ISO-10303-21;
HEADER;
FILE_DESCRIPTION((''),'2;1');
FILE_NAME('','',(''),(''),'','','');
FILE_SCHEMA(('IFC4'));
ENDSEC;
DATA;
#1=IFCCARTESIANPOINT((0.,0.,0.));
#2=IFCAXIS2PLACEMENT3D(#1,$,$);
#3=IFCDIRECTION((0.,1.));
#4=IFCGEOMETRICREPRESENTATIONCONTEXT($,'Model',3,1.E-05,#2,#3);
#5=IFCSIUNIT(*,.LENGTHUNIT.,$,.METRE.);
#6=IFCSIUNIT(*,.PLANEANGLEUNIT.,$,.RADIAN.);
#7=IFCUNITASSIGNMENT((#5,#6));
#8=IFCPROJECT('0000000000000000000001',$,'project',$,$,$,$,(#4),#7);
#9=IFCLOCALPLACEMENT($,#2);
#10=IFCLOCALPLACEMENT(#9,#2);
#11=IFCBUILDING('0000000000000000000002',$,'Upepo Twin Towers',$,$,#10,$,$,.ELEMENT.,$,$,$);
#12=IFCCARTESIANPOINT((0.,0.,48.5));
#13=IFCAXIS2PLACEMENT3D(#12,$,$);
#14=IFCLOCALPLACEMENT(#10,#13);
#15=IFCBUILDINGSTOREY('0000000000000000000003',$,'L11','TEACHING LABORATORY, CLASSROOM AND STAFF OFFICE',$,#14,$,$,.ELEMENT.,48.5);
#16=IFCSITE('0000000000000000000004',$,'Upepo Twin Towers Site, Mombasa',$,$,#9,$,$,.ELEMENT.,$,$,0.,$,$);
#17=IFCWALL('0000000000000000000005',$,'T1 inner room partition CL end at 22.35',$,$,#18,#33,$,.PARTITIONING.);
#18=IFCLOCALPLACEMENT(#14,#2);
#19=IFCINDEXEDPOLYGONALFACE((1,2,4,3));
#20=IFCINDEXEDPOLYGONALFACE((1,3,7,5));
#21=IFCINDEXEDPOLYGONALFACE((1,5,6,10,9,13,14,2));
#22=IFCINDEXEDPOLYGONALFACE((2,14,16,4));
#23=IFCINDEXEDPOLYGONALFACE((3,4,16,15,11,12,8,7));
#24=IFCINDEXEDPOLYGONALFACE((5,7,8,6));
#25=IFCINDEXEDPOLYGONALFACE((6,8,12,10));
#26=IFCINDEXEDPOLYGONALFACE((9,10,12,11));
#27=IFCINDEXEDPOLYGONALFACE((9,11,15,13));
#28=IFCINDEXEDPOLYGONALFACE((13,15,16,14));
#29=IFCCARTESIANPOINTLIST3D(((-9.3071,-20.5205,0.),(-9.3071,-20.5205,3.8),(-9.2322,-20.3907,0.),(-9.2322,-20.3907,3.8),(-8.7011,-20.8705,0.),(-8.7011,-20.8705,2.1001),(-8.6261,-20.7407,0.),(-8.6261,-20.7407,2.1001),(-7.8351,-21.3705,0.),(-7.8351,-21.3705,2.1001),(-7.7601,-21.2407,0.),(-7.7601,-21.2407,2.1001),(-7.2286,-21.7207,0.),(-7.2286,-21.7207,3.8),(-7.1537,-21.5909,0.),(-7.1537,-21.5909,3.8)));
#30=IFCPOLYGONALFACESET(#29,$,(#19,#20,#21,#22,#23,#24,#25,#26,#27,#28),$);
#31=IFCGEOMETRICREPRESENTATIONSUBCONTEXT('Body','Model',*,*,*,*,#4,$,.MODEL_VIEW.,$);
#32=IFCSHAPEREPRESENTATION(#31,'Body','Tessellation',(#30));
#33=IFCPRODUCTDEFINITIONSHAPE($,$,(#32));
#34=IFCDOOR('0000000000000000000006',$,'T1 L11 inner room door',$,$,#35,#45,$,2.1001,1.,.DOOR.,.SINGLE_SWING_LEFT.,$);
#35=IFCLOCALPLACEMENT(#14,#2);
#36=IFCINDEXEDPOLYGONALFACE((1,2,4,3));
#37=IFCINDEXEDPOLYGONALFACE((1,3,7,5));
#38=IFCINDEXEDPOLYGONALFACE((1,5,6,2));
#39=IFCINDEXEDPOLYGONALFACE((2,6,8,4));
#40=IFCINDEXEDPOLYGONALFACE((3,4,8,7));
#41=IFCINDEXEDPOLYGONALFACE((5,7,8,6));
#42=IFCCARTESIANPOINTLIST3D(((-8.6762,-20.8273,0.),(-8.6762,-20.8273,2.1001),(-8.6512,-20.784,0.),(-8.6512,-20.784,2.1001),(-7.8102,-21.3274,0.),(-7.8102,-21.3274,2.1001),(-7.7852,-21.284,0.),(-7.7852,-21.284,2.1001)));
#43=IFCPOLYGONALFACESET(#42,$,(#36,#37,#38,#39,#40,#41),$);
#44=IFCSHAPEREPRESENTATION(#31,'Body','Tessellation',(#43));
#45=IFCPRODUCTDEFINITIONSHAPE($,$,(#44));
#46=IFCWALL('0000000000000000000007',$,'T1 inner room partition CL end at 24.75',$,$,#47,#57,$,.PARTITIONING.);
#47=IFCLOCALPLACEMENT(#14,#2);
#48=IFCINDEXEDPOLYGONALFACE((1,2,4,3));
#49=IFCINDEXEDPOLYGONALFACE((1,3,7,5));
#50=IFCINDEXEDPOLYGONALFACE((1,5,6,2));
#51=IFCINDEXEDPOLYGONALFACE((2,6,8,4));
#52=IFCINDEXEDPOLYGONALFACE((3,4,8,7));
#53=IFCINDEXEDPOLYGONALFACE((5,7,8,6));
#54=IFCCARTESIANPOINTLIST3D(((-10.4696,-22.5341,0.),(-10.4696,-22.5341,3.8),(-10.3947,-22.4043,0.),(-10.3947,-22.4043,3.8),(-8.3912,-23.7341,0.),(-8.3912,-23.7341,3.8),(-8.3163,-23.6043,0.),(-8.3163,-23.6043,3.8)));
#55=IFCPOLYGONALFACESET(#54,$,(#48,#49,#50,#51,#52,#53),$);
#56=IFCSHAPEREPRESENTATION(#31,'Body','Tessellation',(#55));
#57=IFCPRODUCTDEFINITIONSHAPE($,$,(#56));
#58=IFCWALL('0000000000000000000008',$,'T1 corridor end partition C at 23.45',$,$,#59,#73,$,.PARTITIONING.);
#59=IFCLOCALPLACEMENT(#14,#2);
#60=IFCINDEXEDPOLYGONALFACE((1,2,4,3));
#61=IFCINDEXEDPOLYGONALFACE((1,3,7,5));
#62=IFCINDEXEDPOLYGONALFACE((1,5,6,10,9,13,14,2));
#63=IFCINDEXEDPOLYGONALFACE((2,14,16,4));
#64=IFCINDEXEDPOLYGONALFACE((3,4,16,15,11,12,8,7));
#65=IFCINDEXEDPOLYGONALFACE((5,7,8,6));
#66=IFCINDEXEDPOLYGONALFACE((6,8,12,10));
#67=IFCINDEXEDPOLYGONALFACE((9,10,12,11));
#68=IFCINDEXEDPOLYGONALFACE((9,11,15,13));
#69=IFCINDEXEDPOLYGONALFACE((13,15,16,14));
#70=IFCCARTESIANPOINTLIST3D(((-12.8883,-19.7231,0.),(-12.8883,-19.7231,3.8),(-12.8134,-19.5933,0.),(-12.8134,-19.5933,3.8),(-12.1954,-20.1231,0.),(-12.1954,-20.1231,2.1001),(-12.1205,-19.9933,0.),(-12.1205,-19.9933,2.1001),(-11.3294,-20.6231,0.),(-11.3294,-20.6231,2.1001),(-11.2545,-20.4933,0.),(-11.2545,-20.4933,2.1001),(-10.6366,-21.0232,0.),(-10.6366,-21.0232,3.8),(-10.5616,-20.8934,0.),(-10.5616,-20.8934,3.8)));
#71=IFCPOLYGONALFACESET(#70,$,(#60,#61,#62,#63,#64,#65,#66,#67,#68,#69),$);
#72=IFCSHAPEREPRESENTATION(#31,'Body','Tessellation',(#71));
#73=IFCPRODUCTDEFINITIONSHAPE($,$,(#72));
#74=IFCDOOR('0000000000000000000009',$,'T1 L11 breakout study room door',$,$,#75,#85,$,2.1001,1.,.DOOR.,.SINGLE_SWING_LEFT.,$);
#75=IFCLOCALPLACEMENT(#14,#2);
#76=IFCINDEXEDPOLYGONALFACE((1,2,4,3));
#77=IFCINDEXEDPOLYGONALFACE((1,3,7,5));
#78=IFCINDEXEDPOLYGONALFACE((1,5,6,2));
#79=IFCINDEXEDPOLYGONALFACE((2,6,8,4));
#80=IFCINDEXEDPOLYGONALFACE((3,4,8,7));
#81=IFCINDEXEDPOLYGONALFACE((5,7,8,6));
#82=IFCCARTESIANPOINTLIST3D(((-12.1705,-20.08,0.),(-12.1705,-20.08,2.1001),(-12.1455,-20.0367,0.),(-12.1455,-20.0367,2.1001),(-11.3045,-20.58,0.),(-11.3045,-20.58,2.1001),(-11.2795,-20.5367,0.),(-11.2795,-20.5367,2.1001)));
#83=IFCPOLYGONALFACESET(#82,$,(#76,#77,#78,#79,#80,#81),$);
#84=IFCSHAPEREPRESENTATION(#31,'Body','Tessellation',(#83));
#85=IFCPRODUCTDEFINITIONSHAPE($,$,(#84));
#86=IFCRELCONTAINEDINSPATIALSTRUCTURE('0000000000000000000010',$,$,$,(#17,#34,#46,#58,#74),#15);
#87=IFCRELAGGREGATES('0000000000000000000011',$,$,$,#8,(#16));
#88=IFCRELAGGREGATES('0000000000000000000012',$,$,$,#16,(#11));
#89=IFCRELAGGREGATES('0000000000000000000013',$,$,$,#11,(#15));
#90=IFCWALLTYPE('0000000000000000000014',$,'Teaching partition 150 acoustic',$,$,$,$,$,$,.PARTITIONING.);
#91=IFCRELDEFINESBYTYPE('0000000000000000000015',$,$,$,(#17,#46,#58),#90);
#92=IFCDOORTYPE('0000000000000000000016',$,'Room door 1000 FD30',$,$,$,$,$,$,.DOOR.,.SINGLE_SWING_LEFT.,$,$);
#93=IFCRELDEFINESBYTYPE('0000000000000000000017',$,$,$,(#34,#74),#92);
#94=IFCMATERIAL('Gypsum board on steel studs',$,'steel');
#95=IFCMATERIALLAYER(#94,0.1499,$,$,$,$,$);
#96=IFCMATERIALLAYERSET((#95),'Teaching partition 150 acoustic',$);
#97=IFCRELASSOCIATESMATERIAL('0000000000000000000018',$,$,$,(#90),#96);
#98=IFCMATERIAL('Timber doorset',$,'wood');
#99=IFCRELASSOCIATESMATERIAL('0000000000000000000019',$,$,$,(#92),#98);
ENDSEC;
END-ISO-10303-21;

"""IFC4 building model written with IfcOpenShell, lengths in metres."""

from ifc_helpers import new_model, si_unit, direction, frame, frame_2d, origin, place, context, subcontext, project, spatial, rectangle, extrude, material, layer, layer_set, type_object, element, fill, save


model = new_model("IFC4")

# Units and contexts
model_context = context("Model", 3, precision=1e-05, world=origin(), true_north=direction((0.0, 1.0)))
body_context = subcontext(model_context, "Body", "Model", "MODEL_VIEW")
ifc_project = project(units=[si_unit("LENGTHUNIT", "METRE"), si_unit("PLANEANGLEUNIT", "RADIAN")], contexts=[model_context])

# Site, building, storey
site_placement = place(None, origin())
site = spatial("IfcSite", under=ifc_project, at=site_placement, Name="Upepo Twin Towers Site, Mombasa", CompositionType="ELEMENT", RefElevation=0.0)
building_placement = place(site_placement, origin())
building = spatial("IfcBuilding", under=site, at=building_placement, Name="Upepo Twin Towers", CompositionType="ELEMENT")
storey_placement = place(building_placement, frame((0.0, 0.0, 48.5)))
storey = spatial("IfcBuildingStorey", under=building, at=storey_placement, Name="L11", Description="TEACHING LABORATORY, CLASSROOM AND STAFF OFFICE", CompositionType="ELEMENT", Elevation=48.5)

# Shared definitions
ifc_material_1 = material(Name="Gypsum board on steel studs", Category="steel")
ifc_layer_1 = layer(ifc_material_1, 0.1499)
ifc_layer_set_1 = layer_set([ifc_layer_1], Name="Teaching partition 150 acoustic")
wall_type_1 = type_object("IfcWallType", Name="Teaching partition 150 acoustic", PredefinedType="PARTITIONING", material=ifc_layer_set_1)

# Wall, opening, door
wall_1_placement = place(storey_placement, frame((-9.2698, -20.4556, 0.0), z_axis=(0.0, 0.0, 1.0), x_axis=(0.866006, -0.500034, 0.0)))
wall_1 = element("IfcWall", 1, at=wall_1_placement, inside=storey, type_object=wall_type_1, Name="T1 inner room partition CL end at 22.35", PredefinedType="PARTITIONING", context=body_context, shape_type="SweptSolid", body=[
    extrude(rectangle(XDim=2.4001, YDim=0.1499, at=frame_2d((1.2002, 0.0))), origin(), (0.0, 0.0, 1.0), 3.8),
])
opening_1_placement = place(wall_1_placement, frame((0.7, 0.0, 0.0)))
opening_1 = element("IfcOpeningElement", 2, at=opening_1_placement, cuts=wall_1, PredefinedType="OPENING", context=body_context, shape_type="SweptSolid", body=[
    extrude(rectangle(XDim=1.0, YDim=2.1001, at=frame_2d((0.5, 1.05))), frame((0.0, 0.085, 0.0), z_axis=(0.0, -1.0, 0.0), x_axis=(1.0, 0.0, 0.0)), (0.0, 0.0, 1.0), 0.1699),
])
ifc_material_2 = material(Name="Timber doorset", Category="wood")
door_type = type_object("IfcDoorType", Name="Room door 1000 FD30", OperationType="SINGLE_SWING_LEFT", PredefinedType="DOOR", material=ifc_material_2)
door_1_placement = place(opening_1_placement, origin())
door_1 = element("IfcDoor", 3, at=door_1_placement, inside=storey, type_object=door_type, Name="T1 L11 inner room door", OperationType="SINGLE_SWING_LEFT", OverallHeight=2.1001, OverallWidth=1.0, PredefinedType="DOOR", context=body_context, shape_type="SweptSolid", body=[
    extrude(rectangle(XDim=1.0, YDim=2.1001, at=frame_2d((0.5, 1.05))), frame((0.0, 0.0249, 0.0), z_axis=(0.0, -1.0, 0.0), x_axis=(1.0, 0.0, 0.0)), (0.0, 0.0, 1.0), 0.05),
])
fill(opening_1, door_1)

# Wall
wall_2_placement = place(storey_placement, frame((-10.4321, -22.4692, 0.0), z_axis=(0.0, 0.0, 1.0), x_axis=(0.866025, -0.500001, 0.0)))
element("IfcWall", 4, at=wall_2_placement, inside=storey, type_object=wall_type_1, Name="T1 inner room partition CL end at 24.75", PredefinedType="PARTITIONING", context=body_context, shape_type="SweptSolid", body=[
    extrude(rectangle(XDim=2.3999, YDim=0.1499, at=frame_2d((1.2, 0.0))), origin(), (0.0, 0.0, 1.0), 3.8),
])

# Wall, opening, door
wall_3_placement = place(storey_placement, frame((-12.8508, -19.6582, 0.0), z_axis=(0.0, 0.0, 1.0), x_axis=(0.866021, -0.500007, 0.0)))
wall_3 = element("IfcWall", 5, at=wall_3_placement, inside=storey, type_object=wall_type_1, Name="T1 corridor end partition C at 23.45", PredefinedType="PARTITIONING", context=body_context, shape_type="SweptSolid", body=[
    extrude(rectangle(XDim=2.6001, YDim=0.1499, at=frame_2d((1.3, 0.0))), origin(), (0.0, 0.0, 1.0), 3.8),
])
opening_2_placement = place(wall_3_placement, frame((0.8, 0.0, 0.0)))
opening_2 = element("IfcOpeningElement", 6, at=opening_2_placement, cuts=wall_3, PredefinedType="OPENING", context=body_context, shape_type="SweptSolid", body=[
    extrude(rectangle(XDim=1.0, YDim=2.1001, at=frame_2d((0.5, 1.05))), frame((0.0, 0.085, 0.0), z_axis=(0.0, -1.0, 0.0), x_axis=(1.0, 0.0, 0.0)), (0.0, 0.0, 1.0), 0.1699),
])
door_2_placement = place(opening_2_placement, origin())
door_2 = element("IfcDoor", 7, at=door_2_placement, inside=storey, type_object=door_type, Name="T1 L11 breakout study room door", OperationType="SINGLE_SWING_LEFT", OverallHeight=2.1001, OverallWidth=1.0, PredefinedType="DOOR", context=body_context, shape_type="SweptSolid", body=[
    extrude(rectangle(XDim=1.0, YDim=2.1001, at=frame_2d((0.5, 1.05))), frame((0.0, 0.0249, 0.0), z_axis=(0.0, -1.0, 0.0), x_axis=(1.0, 0.0, 0.0)), (0.0, 0.0, 1.0), 0.05),
])
fill(opening_2, door_2)

save(model, "model.ifc")
